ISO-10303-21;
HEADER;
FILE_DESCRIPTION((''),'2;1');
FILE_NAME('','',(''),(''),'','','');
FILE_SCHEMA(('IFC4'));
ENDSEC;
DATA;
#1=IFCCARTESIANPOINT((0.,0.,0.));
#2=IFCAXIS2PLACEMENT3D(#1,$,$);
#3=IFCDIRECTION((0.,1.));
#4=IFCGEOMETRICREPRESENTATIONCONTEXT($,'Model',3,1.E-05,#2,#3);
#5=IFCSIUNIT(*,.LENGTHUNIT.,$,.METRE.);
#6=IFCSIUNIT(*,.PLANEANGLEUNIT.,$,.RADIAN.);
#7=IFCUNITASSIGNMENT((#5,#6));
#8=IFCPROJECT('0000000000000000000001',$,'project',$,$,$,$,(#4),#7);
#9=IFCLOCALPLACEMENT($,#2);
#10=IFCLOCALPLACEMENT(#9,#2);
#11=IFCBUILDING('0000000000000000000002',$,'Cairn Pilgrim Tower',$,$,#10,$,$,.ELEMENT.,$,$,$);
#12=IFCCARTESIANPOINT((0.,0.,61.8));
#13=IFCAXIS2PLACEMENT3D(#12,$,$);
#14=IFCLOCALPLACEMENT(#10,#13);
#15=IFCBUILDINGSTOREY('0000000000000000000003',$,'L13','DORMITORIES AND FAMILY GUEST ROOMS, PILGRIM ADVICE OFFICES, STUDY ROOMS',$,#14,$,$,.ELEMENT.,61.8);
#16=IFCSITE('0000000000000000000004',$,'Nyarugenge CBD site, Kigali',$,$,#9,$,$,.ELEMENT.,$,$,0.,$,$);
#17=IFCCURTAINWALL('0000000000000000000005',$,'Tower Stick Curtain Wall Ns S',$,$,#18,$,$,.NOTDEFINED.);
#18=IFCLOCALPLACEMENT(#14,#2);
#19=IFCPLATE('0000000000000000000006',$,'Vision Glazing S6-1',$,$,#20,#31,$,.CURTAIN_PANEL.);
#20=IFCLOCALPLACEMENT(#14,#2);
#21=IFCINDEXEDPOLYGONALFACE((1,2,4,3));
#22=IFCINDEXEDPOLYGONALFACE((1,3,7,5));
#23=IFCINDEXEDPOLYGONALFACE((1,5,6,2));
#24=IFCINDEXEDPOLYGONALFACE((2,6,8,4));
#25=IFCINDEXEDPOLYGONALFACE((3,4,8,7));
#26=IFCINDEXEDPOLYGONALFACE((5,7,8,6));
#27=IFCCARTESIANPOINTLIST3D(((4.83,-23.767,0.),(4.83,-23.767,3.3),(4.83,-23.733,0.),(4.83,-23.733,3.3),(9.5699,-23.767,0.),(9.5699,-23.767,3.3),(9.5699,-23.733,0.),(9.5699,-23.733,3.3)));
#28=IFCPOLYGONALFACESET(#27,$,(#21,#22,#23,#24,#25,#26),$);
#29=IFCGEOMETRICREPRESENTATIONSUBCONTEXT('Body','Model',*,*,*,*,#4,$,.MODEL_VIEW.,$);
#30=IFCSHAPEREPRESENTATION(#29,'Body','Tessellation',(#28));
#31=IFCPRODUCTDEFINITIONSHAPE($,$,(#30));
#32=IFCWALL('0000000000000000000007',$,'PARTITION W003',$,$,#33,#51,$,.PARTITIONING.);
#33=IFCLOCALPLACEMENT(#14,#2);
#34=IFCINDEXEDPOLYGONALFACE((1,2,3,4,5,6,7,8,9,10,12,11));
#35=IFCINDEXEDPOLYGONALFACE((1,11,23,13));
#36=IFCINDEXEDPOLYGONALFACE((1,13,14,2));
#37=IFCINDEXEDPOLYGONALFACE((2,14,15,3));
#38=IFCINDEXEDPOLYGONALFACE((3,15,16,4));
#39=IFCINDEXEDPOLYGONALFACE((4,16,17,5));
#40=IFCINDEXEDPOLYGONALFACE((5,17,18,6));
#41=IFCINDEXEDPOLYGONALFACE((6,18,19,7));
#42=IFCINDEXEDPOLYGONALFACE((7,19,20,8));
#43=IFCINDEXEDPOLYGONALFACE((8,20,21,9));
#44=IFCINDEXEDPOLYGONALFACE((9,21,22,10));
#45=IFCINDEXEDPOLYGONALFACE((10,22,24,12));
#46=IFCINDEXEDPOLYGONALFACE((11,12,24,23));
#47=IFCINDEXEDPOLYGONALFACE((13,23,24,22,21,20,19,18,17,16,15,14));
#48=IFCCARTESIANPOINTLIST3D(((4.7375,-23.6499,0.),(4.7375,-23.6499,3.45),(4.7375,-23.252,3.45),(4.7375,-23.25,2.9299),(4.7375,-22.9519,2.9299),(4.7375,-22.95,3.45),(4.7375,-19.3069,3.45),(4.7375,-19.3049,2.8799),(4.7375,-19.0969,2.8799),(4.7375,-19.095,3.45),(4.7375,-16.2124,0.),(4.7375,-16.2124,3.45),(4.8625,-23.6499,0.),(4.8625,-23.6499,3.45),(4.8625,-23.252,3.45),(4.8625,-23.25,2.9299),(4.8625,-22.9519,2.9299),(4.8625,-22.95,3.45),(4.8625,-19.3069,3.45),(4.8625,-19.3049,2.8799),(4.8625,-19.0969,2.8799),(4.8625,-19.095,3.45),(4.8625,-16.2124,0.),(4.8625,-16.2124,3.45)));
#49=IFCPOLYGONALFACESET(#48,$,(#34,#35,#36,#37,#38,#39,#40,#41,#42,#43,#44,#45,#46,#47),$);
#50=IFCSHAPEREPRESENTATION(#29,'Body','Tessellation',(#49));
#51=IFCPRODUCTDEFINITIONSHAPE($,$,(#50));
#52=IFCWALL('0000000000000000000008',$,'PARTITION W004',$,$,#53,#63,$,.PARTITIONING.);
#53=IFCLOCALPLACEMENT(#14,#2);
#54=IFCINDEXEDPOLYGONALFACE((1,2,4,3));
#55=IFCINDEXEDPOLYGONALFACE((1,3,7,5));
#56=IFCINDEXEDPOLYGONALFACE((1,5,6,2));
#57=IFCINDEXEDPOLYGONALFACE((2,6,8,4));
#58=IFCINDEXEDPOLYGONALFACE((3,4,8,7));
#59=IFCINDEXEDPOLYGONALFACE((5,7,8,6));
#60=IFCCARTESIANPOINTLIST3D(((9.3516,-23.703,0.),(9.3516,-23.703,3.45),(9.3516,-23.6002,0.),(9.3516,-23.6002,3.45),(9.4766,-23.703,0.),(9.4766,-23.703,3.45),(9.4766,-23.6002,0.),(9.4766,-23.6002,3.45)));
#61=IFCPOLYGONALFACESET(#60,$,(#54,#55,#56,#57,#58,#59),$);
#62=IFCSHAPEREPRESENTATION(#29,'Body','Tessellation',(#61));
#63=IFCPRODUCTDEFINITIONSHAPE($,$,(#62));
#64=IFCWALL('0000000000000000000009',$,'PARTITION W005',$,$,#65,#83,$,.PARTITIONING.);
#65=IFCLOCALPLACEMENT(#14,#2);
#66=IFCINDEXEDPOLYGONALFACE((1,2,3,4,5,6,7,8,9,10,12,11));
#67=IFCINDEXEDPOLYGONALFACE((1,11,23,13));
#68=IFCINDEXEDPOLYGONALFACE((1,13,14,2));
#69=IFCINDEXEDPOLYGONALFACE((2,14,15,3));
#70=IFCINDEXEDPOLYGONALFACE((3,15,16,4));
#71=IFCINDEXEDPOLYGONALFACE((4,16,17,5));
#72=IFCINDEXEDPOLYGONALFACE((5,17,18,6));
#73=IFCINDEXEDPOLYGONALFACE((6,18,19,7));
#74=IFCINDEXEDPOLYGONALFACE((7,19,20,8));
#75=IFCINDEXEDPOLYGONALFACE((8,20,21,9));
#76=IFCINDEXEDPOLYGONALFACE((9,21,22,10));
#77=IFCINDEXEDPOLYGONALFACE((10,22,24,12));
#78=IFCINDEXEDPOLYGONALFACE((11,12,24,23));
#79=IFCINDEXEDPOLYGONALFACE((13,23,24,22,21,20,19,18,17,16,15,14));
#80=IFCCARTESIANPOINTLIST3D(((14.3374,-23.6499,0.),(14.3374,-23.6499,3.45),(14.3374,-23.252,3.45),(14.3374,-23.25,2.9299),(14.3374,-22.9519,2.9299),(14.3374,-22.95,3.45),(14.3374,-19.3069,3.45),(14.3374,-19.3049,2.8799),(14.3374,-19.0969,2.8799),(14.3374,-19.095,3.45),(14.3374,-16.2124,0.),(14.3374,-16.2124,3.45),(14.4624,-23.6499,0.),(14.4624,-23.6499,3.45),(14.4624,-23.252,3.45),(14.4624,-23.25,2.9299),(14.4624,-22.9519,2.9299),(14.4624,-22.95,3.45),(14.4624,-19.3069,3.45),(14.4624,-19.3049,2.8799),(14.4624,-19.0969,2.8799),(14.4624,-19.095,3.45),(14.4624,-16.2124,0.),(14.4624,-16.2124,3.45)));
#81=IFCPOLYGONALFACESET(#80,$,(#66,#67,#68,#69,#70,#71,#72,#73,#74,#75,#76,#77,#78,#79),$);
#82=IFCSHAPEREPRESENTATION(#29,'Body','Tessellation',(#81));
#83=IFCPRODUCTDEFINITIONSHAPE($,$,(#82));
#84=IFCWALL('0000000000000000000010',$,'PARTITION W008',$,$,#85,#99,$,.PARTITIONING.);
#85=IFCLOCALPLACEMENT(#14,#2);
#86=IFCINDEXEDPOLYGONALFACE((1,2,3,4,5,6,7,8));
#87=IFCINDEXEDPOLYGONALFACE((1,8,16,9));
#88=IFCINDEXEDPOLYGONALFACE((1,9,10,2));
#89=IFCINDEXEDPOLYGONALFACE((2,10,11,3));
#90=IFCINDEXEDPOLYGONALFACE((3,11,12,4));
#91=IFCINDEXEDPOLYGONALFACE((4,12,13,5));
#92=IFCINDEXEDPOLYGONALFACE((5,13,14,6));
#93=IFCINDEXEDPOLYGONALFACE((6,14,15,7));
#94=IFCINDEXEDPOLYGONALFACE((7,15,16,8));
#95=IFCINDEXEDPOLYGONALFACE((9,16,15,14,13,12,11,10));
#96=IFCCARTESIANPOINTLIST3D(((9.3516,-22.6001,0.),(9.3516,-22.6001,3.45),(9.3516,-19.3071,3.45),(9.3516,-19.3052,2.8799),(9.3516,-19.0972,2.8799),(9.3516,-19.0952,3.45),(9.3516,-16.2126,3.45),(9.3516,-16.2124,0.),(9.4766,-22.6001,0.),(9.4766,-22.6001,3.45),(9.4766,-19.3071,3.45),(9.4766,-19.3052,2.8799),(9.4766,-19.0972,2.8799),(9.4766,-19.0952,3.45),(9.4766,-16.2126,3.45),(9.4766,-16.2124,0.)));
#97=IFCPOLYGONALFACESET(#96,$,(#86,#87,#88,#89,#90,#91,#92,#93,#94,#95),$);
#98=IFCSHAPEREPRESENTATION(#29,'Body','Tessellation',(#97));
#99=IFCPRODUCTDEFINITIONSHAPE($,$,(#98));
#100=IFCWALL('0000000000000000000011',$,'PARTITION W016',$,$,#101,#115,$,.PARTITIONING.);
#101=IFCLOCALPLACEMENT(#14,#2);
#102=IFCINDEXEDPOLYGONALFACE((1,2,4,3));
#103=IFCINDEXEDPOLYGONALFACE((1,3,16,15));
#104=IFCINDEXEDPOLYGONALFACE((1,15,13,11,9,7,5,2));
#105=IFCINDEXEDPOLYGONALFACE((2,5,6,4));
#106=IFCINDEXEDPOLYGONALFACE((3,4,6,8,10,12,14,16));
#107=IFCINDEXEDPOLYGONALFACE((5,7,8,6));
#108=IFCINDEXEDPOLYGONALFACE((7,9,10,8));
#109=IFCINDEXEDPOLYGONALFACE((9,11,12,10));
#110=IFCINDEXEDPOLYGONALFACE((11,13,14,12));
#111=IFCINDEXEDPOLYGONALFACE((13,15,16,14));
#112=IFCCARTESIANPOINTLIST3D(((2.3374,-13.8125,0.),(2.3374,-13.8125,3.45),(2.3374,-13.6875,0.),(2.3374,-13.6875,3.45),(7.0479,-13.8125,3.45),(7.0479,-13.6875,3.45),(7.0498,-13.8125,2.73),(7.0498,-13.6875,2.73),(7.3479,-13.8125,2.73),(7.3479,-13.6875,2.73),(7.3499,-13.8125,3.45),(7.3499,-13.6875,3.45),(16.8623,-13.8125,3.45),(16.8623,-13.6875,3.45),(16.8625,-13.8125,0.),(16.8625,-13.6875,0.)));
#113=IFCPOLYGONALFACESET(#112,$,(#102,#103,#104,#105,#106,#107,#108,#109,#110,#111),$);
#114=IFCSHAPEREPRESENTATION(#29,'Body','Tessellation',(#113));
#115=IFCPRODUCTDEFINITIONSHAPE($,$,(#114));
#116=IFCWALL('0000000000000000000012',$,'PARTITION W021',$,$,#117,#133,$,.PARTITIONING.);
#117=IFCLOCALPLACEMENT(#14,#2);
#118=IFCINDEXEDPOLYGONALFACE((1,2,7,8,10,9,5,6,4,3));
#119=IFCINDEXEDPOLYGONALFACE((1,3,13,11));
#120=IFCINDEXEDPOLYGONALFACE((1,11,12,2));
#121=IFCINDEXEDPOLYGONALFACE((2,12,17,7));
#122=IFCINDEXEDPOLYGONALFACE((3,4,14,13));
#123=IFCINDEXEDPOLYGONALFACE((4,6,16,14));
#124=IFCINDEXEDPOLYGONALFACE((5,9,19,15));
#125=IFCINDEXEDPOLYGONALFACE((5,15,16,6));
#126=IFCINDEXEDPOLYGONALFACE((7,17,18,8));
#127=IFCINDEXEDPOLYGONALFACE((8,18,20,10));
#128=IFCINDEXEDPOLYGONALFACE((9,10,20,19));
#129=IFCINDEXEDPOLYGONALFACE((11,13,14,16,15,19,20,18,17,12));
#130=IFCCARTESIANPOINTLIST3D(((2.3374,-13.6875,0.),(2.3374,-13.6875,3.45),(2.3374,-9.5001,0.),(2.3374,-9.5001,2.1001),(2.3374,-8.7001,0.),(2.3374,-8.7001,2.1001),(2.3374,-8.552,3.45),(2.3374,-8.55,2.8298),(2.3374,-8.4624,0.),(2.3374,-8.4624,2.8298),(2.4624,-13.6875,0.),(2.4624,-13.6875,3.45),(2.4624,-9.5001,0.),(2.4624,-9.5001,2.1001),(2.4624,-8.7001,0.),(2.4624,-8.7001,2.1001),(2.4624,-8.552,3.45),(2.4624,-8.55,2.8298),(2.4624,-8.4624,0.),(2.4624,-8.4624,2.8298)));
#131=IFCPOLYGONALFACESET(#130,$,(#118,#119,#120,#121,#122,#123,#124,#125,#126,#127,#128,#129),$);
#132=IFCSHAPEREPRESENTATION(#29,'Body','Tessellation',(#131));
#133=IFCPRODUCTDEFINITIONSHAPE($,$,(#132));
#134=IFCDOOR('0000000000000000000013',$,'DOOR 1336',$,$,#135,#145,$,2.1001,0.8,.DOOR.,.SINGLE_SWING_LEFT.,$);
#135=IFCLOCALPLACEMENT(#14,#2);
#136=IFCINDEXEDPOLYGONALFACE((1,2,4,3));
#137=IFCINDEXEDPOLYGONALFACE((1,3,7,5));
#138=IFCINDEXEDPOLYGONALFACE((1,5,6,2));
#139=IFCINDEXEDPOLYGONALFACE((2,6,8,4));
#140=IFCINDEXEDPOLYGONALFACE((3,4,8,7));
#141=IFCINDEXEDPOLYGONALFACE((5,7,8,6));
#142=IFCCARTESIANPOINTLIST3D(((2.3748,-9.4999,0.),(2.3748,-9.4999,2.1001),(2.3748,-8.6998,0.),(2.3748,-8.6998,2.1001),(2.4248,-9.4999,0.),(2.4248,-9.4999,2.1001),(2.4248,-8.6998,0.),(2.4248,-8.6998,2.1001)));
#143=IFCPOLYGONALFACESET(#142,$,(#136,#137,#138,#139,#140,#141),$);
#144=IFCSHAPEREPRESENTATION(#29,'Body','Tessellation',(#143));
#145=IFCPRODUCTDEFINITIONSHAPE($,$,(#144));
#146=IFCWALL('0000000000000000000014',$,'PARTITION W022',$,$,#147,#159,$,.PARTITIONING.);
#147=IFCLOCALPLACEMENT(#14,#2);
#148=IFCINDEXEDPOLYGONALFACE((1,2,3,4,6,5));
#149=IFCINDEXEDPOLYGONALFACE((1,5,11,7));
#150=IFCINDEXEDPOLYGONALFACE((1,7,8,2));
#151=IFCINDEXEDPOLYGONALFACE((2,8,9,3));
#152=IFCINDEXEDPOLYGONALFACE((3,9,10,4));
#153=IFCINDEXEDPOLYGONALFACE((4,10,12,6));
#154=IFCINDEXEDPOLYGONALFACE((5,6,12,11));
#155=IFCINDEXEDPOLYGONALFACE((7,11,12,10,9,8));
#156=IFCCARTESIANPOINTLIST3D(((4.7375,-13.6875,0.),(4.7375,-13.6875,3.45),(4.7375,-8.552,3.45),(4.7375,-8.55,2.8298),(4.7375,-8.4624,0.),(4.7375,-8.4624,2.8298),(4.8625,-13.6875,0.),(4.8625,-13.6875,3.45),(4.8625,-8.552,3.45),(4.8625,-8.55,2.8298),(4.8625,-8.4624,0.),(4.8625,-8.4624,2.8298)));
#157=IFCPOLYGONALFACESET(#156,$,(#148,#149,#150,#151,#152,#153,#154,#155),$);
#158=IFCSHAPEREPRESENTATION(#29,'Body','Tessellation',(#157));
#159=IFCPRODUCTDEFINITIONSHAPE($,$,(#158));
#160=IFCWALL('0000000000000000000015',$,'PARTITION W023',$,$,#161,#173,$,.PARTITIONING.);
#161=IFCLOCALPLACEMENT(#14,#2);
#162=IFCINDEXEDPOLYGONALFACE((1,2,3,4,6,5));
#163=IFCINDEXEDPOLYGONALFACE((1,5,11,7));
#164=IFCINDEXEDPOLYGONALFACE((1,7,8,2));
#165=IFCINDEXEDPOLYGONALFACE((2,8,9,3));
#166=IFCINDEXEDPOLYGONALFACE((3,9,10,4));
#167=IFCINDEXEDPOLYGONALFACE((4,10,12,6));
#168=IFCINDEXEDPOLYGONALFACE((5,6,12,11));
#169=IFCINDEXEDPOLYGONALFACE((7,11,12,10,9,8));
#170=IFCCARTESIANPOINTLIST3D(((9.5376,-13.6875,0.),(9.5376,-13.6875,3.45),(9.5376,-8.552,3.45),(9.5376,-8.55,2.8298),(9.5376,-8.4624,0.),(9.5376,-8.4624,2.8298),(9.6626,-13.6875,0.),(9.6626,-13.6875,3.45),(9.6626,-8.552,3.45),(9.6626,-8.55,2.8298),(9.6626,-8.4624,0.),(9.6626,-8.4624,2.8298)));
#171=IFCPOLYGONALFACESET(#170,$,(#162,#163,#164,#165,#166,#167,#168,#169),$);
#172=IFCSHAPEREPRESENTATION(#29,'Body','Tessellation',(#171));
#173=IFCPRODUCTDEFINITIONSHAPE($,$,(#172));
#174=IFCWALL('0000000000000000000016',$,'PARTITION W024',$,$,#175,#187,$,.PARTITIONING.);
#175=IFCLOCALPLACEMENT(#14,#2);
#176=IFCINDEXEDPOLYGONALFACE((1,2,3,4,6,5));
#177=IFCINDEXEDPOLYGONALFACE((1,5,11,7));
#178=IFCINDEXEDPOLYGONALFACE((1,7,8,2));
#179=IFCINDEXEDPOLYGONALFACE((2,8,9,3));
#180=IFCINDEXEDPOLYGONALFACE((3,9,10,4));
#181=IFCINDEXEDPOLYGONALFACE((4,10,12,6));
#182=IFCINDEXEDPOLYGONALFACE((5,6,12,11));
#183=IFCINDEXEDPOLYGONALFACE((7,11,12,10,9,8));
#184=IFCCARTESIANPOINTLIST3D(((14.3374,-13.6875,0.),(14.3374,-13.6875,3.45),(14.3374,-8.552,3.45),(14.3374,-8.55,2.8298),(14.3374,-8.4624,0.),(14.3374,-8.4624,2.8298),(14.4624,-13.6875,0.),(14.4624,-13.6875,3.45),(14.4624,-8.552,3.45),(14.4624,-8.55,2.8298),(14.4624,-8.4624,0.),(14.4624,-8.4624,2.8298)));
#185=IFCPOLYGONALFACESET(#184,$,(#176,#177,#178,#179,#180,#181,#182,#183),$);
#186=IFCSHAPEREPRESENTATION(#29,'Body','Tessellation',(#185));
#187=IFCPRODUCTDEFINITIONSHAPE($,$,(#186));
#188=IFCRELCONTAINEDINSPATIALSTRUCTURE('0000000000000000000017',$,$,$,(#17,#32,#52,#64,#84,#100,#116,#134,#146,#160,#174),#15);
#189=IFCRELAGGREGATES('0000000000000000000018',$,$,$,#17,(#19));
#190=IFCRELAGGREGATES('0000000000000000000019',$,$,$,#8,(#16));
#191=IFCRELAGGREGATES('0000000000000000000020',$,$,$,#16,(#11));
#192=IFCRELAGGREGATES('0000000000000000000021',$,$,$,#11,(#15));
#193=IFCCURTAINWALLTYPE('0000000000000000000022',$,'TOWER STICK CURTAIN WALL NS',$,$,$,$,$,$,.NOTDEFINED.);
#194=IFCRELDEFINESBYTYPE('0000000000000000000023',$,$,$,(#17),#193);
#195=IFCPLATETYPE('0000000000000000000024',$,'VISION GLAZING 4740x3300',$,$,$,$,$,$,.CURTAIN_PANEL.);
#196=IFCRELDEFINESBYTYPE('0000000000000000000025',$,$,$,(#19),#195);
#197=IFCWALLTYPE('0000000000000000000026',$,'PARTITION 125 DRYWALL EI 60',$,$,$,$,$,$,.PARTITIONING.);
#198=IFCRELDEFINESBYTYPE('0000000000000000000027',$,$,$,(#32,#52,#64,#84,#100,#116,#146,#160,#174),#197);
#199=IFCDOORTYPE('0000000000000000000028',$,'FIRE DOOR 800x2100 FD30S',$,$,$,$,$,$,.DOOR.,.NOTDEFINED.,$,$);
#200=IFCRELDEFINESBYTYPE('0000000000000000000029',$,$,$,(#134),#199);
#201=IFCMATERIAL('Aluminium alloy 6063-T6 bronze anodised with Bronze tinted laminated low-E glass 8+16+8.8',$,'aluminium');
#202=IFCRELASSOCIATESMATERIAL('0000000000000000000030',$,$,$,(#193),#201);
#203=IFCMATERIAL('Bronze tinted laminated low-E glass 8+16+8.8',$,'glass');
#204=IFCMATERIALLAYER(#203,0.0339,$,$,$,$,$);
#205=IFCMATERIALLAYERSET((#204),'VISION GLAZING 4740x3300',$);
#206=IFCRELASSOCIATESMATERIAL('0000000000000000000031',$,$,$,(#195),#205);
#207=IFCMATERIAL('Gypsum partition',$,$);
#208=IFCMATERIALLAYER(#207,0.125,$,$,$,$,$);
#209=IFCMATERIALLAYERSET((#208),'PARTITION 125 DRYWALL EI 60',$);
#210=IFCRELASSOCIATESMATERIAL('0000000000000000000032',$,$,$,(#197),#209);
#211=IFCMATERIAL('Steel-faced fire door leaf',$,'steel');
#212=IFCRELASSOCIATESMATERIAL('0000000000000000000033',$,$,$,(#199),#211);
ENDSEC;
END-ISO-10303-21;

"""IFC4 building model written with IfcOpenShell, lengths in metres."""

from ifc_helpers import new_model, si_unit, direction, frame, frame_2d, origin, origin_2d, place, context, subcontext, project, spatial, polyline, rectangle, outline, extrude, material, layer, layer_set, type_object, element, fill, aggregate, save


model = new_model("IFC4")

# Units and contexts
model_context = context("Model", 3, precision=1e-05, world=origin(), true_north=direction((0.0, 1.0)))
body_context = subcontext(model_context, "Body", "Model", "MODEL_VIEW")
ifc_project = project(units=[si_unit("LENGTHUNIT", "METRE"), si_unit("PLANEANGLEUNIT", "RADIAN")], contexts=[model_context])

# Site, building, storey
site_placement = place(None, origin())
site = spatial("IfcSite", under=ifc_project, at=site_placement, Name="Nyarugenge CBD site, Kigali", CompositionType="ELEMENT", RefElevation=0.0)
building_placement = place(site_placement, origin())
building = spatial("IfcBuilding", under=site, at=building_placement, Name="Cairn Pilgrim Tower", CompositionType="ELEMENT")
storey_placement = place(building_placement, frame((0.0, 0.0, 61.8)))
storey = spatial("IfcBuildingStorey", under=building, at=storey_placement, Name="L13", Description="DORMITORIES AND FAMILY GUEST ROOMS, PILGRIM ADVICE OFFICES, STUDY ROOMS", CompositionType="ELEMENT", Elevation=61.8)

# Curtain wall
ifc_material_1 = material(Name="Aluminium alloy 6063-T6 bronze anodised with Bronze tinted laminated low-E glass 8+16+8.8", Category="aluminium")
curtain_wall_type = type_object("IfcCurtainWallType", Name="TOWER STICK CURTAIN WALL NS", PredefinedType="NOTDEFINED", material=ifc_material_1)
curtain_wall_placement = place(storey_placement, origin())
curtain_wall = element("IfcCurtainWall", 1, at=curtain_wall_placement, inside=storey, type_object=curtain_wall_type, Name="Tower Stick Curtain Wall Ns S", PredefinedType="NOTDEFINED")

# Plate
ifc_material_2 = material(Name="Bronze tinted laminated low-E glass 8+16+8.8", Category="glass")
ifc_layer_1 = layer(ifc_material_2, 0.0339)
ifc_layer_set_1 = layer_set([ifc_layer_1], Name="VISION GLAZING 4740x3300")
plate_type_1 = type_object("IfcPlateType", Name="VISION GLAZING 4740x3300", PredefinedType="CURTAIN_PANEL", material=ifc_layer_set_1)
plate_1_placement = place(storey_placement, frame((7.2, -23.75, 0.0), z_axis=(0.0, 0.0, 1.0), x_axis=(1.0, 0.0, 0.0)))
plate_1 = element("IfcPlate", 2, at=plate_1_placement, type_object=plate_type_1, Name="Vision Glazing S6-1", PredefinedType="CURTAIN_PANEL", context=body_context, shape_type="SweptSolid", body=[
    extrude(rectangle(XDim=4.74, YDim=0.0339, at=origin_2d()), origin(), (0.0, 0.0, 1.0), 3.3),
])
aggregate(curtain_wall, [plate_1])

# Walls
ifc_material_3 = material(Name="Gypsum partition")
ifc_layer_2 = layer(ifc_material_3, 0.125)
ifc_layer_set_2 = layer_set([ifc_layer_2], Name="PARTITION 125 DRYWALL EI 60")
wall_type_1 = type_object("IfcWallType", Name="PARTITION 125 DRYWALL EI 60", PredefinedType="PARTITIONING", material=ifc_layer_set_2)
wall_1_placement = place(storey_placement, frame((4.8, -23.6499, 0.0), z_axis=(0.0, 0.0, 1.0), x_axis=(0.0, 1.0, 0.0)))
element("IfcWall", 3, at=wall_1_placement, inside=storey, type_object=wall_type_1, Name="PARTITION W003", PredefinedType="PARTITIONING", context=body_context, shape_type="SweptSolid", body=[
    extrude(outline(polyline([(0.0, 0.0), (7.4375, 0.0), (7.4375, 3.45), (4.5549, 3.45), (4.553, 2.8799), (4.345, 2.8799), (4.343, 3.45), (0.7, 3.45), (0.698, 2.9299), (0.3999, 2.9299), (0.3979, 3.45), (0.0, 3.45), (0.0, 0.0)])), frame((0.0, 0.0625, 0.0), z_axis=(0.0, -1.0, 0.0), x_axis=(1.0, 0.0, 0.0)), (0.0, 0.0, 1.0), 0.125),
])
wall_2_placement = place(storey_placement, frame((9.4141, -23.7029, 0.0), z_axis=(0.0, 0.0, 1.0), x_axis=(0.0, 1.0, 0.0)))
element("IfcWall", 4, at=wall_2_placement, inside=storey, type_object=wall_type_1, Name="PARTITION W004", PredefinedType="PARTITIONING", context=body_context, shape_type="SweptSolid", body=[
    extrude(rectangle(XDim=0.1028, YDim=0.125, at=frame_2d((0.0513, 0.0))), origin(), (0.0, 0.0, 1.0), 3.45),
])
wall_3_placement = place(storey_placement, frame((14.3999, -23.6499, 0.0), z_axis=(0.0, 0.0, 1.0), x_axis=(0.0, 1.0, 0.0)))
element("IfcWall", 5, at=wall_3_placement, inside=storey, type_object=wall_type_1, Name="PARTITION W005", PredefinedType="PARTITIONING", context=body_context, shape_type="SweptSolid", body=[
    extrude(outline(polyline([(0.0, 0.0), (7.4375, 0.0), (7.4375, 3.45), (4.5549, 3.45), (4.553, 2.8799), (4.345, 2.8799), (4.343, 3.45), (0.7, 3.45), (0.698, 2.9299), (0.3999, 2.9299), (0.3979, 3.45), (0.0, 3.45), (0.0, 0.0)])), frame((0.0, 0.0625, 0.0), z_axis=(0.0, -1.0, 0.0), x_axis=(1.0, 0.0, 0.0)), (0.0, 0.0, 1.0), 0.125),
])
wall_4_placement = place(storey_placement, frame((9.4141, -22.6001, 0.0), z_axis=(0.0, 0.0, 1.0), x_axis=(0.0, 1.0, 0.0)))
element("IfcWall", 6, at=wall_4_placement, inside=storey, type_object=wall_type_1, Name="PARTITION W008", PredefinedType="PARTITIONING", context=body_context, shape_type="SweptSolid", body=[
    extrude(outline(polyline([(0.0, 0.0), (6.3877, 0.0), (6.3875, 3.45), (3.5049, 3.45), (3.5029, 2.8799), (3.2949, 2.8799), (3.293, 3.45), (0.0, 3.45), (0.0, 0.0)])), frame((0.0, 0.0625, 0.0), z_axis=(0.0, -1.0, 0.0), x_axis=(1.0, 0.0, 0.0)), (0.0, 0.0, 1.0), 0.125),
])
wall_5_placement = place(storey_placement, frame((2.3374, -13.75, 0.0), z_axis=(0.0, 0.0, 1.0), x_axis=(1.0, 0.0, 0.0)))
element("IfcWall", 7, at=wall_5_placement, inside=storey, type_object=wall_type_1, Name="PARTITION W016", PredefinedType="PARTITIONING", context=body_context, shape_type="SweptSolid", body=[
    extrude(outline(polyline([(0.0, 0.0), (14.5251, 0.0), (14.5249, 3.45), (5.0125, 3.45), (5.0105, 2.73), (4.7124, 2.73), (4.7104, 3.45), (0.0, 3.45), (0.0, 0.0)])), frame((0.0, 0.0625, 0.0), z_axis=(0.0, -1.0, 0.0), x_axis=(1.0, 0.0, 0.0)), (0.0, 0.0, 1.0), 0.125),
])

# Wall, opening, door
wall_6_placement = place(storey_placement, frame((2.3999, -13.6875, 0.0), z_axis=(0.0, 0.0, 1.0), x_axis=(0.0, 1.0, 0.0)))
wall_6 = element("IfcWall", 8, at=wall_6_placement, inside=storey, type_object=wall_type_1, Name="PARTITION W021", PredefinedType="PARTITIONING", context=body_context, shape_type="SweptSolid", body=[
    extrude(outline(polyline([(0.0, 0.0), (5.2251, 0.0), (5.2251, 2.8298), (5.1375, 2.8298), (5.1355, 3.45), (0.0, 3.45), (0.0, 0.0)])), frame((0.0, 0.0625, 0.0), z_axis=(0.0, -1.0, 0.0), x_axis=(1.0, 0.0, 0.0)), (0.0, 0.0, 1.0), 0.125),
])
opening_1_placement = place(wall_6_placement, frame((4.1875, 0.0, 0.0)))
opening_1 = element("IfcOpeningElement", 9, at=opening_1_placement, cuts=wall_6, PredefinedType="OPENING", context=body_context, shape_type="SweptSolid", body=[
    extrude(rectangle(XDim=0.8, YDim=2.1001, at=frame_2d((0.3999, 1.05))), frame((0.0, 0.0725, 0.0), z_axis=(0.0, -1.0, 0.0), x_axis=(1.0, 0.0, 0.0)), (0.0, 0.0, 1.0), 0.145),
])
ifc_material_4 = material(Name="Steel-faced fire door leaf", Category="steel")
door_type_1 = type_object("IfcDoorType", Name="FIRE DOOR 800x2100 FD30S", OperationType="NOTDEFINED", PredefinedType="DOOR", material=ifc_material_4)
door_1_placement = place(opening_1_placement, frame((0.8, 0.0, 0.0), z_axis=(0.0, 0.0, 1.0), x_axis=(-1.0, 0.0, 0.0)))
door_1 = element("IfcDoor", 10, at=door_1_placement, inside=storey, type_object=door_type_1, Name="DOOR 1336", OperationType="SINGLE_SWING_LEFT", OverallHeight=2.1001, OverallWidth=0.8, PredefinedType="DOOR", context=body_context, shape_type="SweptSolid", body=[
    extrude(rectangle(XDim=0.8, YDim=2.1001, at=frame_2d((0.3999, 1.05))), frame((0.0, 0.0249, 0.0), z_axis=(0.0, -1.0, 0.0), x_axis=(1.0, 0.0, 0.0)), (0.0, 0.0, 1.0), 0.05),
])
fill(opening_1, door_1)

# Walls
for number, where, z_axis, x_axis, name in (
    (11, (4.8, -13.6875, 0.0), (0.0, 0.0, 1.0), (0.0, 1.0, 0.0), "PARTITION W022"),
    (12, (9.6001, -13.6875, 0.0), (0.0, 0.0, 1.0), (0.0, 1.0, 0.0), "PARTITION W023"),
    (13, (14.3999, -13.6875, 0.0), (0.0, 0.0, 1.0), (0.0, 1.0, 0.0), "PARTITION W024"),
):
    element("IfcWall", number, at=place(storey_placement, frame(where, z_axis=z_axis, x_axis=x_axis)), inside=storey, type_object=wall_type_1, Name=name, PredefinedType="PARTITIONING", context=body_context, shape_type="SweptSolid", body=[
        extrude(outline(polyline([(0.0, 0.0), (5.2251, 0.0), (5.2251, 2.8298), (5.1375, 2.8298), (5.1355, 3.45), (0.0, 3.45), (0.0, 0.0)])), frame((0.0, 0.0625, 0.0), z_axis=(0.0, -1.0, 0.0), x_axis=(1.0, 0.0, 0.0)), (0.0, 0.0, 1.0), 0.125),
    ])

save(model, "model.ifc")
